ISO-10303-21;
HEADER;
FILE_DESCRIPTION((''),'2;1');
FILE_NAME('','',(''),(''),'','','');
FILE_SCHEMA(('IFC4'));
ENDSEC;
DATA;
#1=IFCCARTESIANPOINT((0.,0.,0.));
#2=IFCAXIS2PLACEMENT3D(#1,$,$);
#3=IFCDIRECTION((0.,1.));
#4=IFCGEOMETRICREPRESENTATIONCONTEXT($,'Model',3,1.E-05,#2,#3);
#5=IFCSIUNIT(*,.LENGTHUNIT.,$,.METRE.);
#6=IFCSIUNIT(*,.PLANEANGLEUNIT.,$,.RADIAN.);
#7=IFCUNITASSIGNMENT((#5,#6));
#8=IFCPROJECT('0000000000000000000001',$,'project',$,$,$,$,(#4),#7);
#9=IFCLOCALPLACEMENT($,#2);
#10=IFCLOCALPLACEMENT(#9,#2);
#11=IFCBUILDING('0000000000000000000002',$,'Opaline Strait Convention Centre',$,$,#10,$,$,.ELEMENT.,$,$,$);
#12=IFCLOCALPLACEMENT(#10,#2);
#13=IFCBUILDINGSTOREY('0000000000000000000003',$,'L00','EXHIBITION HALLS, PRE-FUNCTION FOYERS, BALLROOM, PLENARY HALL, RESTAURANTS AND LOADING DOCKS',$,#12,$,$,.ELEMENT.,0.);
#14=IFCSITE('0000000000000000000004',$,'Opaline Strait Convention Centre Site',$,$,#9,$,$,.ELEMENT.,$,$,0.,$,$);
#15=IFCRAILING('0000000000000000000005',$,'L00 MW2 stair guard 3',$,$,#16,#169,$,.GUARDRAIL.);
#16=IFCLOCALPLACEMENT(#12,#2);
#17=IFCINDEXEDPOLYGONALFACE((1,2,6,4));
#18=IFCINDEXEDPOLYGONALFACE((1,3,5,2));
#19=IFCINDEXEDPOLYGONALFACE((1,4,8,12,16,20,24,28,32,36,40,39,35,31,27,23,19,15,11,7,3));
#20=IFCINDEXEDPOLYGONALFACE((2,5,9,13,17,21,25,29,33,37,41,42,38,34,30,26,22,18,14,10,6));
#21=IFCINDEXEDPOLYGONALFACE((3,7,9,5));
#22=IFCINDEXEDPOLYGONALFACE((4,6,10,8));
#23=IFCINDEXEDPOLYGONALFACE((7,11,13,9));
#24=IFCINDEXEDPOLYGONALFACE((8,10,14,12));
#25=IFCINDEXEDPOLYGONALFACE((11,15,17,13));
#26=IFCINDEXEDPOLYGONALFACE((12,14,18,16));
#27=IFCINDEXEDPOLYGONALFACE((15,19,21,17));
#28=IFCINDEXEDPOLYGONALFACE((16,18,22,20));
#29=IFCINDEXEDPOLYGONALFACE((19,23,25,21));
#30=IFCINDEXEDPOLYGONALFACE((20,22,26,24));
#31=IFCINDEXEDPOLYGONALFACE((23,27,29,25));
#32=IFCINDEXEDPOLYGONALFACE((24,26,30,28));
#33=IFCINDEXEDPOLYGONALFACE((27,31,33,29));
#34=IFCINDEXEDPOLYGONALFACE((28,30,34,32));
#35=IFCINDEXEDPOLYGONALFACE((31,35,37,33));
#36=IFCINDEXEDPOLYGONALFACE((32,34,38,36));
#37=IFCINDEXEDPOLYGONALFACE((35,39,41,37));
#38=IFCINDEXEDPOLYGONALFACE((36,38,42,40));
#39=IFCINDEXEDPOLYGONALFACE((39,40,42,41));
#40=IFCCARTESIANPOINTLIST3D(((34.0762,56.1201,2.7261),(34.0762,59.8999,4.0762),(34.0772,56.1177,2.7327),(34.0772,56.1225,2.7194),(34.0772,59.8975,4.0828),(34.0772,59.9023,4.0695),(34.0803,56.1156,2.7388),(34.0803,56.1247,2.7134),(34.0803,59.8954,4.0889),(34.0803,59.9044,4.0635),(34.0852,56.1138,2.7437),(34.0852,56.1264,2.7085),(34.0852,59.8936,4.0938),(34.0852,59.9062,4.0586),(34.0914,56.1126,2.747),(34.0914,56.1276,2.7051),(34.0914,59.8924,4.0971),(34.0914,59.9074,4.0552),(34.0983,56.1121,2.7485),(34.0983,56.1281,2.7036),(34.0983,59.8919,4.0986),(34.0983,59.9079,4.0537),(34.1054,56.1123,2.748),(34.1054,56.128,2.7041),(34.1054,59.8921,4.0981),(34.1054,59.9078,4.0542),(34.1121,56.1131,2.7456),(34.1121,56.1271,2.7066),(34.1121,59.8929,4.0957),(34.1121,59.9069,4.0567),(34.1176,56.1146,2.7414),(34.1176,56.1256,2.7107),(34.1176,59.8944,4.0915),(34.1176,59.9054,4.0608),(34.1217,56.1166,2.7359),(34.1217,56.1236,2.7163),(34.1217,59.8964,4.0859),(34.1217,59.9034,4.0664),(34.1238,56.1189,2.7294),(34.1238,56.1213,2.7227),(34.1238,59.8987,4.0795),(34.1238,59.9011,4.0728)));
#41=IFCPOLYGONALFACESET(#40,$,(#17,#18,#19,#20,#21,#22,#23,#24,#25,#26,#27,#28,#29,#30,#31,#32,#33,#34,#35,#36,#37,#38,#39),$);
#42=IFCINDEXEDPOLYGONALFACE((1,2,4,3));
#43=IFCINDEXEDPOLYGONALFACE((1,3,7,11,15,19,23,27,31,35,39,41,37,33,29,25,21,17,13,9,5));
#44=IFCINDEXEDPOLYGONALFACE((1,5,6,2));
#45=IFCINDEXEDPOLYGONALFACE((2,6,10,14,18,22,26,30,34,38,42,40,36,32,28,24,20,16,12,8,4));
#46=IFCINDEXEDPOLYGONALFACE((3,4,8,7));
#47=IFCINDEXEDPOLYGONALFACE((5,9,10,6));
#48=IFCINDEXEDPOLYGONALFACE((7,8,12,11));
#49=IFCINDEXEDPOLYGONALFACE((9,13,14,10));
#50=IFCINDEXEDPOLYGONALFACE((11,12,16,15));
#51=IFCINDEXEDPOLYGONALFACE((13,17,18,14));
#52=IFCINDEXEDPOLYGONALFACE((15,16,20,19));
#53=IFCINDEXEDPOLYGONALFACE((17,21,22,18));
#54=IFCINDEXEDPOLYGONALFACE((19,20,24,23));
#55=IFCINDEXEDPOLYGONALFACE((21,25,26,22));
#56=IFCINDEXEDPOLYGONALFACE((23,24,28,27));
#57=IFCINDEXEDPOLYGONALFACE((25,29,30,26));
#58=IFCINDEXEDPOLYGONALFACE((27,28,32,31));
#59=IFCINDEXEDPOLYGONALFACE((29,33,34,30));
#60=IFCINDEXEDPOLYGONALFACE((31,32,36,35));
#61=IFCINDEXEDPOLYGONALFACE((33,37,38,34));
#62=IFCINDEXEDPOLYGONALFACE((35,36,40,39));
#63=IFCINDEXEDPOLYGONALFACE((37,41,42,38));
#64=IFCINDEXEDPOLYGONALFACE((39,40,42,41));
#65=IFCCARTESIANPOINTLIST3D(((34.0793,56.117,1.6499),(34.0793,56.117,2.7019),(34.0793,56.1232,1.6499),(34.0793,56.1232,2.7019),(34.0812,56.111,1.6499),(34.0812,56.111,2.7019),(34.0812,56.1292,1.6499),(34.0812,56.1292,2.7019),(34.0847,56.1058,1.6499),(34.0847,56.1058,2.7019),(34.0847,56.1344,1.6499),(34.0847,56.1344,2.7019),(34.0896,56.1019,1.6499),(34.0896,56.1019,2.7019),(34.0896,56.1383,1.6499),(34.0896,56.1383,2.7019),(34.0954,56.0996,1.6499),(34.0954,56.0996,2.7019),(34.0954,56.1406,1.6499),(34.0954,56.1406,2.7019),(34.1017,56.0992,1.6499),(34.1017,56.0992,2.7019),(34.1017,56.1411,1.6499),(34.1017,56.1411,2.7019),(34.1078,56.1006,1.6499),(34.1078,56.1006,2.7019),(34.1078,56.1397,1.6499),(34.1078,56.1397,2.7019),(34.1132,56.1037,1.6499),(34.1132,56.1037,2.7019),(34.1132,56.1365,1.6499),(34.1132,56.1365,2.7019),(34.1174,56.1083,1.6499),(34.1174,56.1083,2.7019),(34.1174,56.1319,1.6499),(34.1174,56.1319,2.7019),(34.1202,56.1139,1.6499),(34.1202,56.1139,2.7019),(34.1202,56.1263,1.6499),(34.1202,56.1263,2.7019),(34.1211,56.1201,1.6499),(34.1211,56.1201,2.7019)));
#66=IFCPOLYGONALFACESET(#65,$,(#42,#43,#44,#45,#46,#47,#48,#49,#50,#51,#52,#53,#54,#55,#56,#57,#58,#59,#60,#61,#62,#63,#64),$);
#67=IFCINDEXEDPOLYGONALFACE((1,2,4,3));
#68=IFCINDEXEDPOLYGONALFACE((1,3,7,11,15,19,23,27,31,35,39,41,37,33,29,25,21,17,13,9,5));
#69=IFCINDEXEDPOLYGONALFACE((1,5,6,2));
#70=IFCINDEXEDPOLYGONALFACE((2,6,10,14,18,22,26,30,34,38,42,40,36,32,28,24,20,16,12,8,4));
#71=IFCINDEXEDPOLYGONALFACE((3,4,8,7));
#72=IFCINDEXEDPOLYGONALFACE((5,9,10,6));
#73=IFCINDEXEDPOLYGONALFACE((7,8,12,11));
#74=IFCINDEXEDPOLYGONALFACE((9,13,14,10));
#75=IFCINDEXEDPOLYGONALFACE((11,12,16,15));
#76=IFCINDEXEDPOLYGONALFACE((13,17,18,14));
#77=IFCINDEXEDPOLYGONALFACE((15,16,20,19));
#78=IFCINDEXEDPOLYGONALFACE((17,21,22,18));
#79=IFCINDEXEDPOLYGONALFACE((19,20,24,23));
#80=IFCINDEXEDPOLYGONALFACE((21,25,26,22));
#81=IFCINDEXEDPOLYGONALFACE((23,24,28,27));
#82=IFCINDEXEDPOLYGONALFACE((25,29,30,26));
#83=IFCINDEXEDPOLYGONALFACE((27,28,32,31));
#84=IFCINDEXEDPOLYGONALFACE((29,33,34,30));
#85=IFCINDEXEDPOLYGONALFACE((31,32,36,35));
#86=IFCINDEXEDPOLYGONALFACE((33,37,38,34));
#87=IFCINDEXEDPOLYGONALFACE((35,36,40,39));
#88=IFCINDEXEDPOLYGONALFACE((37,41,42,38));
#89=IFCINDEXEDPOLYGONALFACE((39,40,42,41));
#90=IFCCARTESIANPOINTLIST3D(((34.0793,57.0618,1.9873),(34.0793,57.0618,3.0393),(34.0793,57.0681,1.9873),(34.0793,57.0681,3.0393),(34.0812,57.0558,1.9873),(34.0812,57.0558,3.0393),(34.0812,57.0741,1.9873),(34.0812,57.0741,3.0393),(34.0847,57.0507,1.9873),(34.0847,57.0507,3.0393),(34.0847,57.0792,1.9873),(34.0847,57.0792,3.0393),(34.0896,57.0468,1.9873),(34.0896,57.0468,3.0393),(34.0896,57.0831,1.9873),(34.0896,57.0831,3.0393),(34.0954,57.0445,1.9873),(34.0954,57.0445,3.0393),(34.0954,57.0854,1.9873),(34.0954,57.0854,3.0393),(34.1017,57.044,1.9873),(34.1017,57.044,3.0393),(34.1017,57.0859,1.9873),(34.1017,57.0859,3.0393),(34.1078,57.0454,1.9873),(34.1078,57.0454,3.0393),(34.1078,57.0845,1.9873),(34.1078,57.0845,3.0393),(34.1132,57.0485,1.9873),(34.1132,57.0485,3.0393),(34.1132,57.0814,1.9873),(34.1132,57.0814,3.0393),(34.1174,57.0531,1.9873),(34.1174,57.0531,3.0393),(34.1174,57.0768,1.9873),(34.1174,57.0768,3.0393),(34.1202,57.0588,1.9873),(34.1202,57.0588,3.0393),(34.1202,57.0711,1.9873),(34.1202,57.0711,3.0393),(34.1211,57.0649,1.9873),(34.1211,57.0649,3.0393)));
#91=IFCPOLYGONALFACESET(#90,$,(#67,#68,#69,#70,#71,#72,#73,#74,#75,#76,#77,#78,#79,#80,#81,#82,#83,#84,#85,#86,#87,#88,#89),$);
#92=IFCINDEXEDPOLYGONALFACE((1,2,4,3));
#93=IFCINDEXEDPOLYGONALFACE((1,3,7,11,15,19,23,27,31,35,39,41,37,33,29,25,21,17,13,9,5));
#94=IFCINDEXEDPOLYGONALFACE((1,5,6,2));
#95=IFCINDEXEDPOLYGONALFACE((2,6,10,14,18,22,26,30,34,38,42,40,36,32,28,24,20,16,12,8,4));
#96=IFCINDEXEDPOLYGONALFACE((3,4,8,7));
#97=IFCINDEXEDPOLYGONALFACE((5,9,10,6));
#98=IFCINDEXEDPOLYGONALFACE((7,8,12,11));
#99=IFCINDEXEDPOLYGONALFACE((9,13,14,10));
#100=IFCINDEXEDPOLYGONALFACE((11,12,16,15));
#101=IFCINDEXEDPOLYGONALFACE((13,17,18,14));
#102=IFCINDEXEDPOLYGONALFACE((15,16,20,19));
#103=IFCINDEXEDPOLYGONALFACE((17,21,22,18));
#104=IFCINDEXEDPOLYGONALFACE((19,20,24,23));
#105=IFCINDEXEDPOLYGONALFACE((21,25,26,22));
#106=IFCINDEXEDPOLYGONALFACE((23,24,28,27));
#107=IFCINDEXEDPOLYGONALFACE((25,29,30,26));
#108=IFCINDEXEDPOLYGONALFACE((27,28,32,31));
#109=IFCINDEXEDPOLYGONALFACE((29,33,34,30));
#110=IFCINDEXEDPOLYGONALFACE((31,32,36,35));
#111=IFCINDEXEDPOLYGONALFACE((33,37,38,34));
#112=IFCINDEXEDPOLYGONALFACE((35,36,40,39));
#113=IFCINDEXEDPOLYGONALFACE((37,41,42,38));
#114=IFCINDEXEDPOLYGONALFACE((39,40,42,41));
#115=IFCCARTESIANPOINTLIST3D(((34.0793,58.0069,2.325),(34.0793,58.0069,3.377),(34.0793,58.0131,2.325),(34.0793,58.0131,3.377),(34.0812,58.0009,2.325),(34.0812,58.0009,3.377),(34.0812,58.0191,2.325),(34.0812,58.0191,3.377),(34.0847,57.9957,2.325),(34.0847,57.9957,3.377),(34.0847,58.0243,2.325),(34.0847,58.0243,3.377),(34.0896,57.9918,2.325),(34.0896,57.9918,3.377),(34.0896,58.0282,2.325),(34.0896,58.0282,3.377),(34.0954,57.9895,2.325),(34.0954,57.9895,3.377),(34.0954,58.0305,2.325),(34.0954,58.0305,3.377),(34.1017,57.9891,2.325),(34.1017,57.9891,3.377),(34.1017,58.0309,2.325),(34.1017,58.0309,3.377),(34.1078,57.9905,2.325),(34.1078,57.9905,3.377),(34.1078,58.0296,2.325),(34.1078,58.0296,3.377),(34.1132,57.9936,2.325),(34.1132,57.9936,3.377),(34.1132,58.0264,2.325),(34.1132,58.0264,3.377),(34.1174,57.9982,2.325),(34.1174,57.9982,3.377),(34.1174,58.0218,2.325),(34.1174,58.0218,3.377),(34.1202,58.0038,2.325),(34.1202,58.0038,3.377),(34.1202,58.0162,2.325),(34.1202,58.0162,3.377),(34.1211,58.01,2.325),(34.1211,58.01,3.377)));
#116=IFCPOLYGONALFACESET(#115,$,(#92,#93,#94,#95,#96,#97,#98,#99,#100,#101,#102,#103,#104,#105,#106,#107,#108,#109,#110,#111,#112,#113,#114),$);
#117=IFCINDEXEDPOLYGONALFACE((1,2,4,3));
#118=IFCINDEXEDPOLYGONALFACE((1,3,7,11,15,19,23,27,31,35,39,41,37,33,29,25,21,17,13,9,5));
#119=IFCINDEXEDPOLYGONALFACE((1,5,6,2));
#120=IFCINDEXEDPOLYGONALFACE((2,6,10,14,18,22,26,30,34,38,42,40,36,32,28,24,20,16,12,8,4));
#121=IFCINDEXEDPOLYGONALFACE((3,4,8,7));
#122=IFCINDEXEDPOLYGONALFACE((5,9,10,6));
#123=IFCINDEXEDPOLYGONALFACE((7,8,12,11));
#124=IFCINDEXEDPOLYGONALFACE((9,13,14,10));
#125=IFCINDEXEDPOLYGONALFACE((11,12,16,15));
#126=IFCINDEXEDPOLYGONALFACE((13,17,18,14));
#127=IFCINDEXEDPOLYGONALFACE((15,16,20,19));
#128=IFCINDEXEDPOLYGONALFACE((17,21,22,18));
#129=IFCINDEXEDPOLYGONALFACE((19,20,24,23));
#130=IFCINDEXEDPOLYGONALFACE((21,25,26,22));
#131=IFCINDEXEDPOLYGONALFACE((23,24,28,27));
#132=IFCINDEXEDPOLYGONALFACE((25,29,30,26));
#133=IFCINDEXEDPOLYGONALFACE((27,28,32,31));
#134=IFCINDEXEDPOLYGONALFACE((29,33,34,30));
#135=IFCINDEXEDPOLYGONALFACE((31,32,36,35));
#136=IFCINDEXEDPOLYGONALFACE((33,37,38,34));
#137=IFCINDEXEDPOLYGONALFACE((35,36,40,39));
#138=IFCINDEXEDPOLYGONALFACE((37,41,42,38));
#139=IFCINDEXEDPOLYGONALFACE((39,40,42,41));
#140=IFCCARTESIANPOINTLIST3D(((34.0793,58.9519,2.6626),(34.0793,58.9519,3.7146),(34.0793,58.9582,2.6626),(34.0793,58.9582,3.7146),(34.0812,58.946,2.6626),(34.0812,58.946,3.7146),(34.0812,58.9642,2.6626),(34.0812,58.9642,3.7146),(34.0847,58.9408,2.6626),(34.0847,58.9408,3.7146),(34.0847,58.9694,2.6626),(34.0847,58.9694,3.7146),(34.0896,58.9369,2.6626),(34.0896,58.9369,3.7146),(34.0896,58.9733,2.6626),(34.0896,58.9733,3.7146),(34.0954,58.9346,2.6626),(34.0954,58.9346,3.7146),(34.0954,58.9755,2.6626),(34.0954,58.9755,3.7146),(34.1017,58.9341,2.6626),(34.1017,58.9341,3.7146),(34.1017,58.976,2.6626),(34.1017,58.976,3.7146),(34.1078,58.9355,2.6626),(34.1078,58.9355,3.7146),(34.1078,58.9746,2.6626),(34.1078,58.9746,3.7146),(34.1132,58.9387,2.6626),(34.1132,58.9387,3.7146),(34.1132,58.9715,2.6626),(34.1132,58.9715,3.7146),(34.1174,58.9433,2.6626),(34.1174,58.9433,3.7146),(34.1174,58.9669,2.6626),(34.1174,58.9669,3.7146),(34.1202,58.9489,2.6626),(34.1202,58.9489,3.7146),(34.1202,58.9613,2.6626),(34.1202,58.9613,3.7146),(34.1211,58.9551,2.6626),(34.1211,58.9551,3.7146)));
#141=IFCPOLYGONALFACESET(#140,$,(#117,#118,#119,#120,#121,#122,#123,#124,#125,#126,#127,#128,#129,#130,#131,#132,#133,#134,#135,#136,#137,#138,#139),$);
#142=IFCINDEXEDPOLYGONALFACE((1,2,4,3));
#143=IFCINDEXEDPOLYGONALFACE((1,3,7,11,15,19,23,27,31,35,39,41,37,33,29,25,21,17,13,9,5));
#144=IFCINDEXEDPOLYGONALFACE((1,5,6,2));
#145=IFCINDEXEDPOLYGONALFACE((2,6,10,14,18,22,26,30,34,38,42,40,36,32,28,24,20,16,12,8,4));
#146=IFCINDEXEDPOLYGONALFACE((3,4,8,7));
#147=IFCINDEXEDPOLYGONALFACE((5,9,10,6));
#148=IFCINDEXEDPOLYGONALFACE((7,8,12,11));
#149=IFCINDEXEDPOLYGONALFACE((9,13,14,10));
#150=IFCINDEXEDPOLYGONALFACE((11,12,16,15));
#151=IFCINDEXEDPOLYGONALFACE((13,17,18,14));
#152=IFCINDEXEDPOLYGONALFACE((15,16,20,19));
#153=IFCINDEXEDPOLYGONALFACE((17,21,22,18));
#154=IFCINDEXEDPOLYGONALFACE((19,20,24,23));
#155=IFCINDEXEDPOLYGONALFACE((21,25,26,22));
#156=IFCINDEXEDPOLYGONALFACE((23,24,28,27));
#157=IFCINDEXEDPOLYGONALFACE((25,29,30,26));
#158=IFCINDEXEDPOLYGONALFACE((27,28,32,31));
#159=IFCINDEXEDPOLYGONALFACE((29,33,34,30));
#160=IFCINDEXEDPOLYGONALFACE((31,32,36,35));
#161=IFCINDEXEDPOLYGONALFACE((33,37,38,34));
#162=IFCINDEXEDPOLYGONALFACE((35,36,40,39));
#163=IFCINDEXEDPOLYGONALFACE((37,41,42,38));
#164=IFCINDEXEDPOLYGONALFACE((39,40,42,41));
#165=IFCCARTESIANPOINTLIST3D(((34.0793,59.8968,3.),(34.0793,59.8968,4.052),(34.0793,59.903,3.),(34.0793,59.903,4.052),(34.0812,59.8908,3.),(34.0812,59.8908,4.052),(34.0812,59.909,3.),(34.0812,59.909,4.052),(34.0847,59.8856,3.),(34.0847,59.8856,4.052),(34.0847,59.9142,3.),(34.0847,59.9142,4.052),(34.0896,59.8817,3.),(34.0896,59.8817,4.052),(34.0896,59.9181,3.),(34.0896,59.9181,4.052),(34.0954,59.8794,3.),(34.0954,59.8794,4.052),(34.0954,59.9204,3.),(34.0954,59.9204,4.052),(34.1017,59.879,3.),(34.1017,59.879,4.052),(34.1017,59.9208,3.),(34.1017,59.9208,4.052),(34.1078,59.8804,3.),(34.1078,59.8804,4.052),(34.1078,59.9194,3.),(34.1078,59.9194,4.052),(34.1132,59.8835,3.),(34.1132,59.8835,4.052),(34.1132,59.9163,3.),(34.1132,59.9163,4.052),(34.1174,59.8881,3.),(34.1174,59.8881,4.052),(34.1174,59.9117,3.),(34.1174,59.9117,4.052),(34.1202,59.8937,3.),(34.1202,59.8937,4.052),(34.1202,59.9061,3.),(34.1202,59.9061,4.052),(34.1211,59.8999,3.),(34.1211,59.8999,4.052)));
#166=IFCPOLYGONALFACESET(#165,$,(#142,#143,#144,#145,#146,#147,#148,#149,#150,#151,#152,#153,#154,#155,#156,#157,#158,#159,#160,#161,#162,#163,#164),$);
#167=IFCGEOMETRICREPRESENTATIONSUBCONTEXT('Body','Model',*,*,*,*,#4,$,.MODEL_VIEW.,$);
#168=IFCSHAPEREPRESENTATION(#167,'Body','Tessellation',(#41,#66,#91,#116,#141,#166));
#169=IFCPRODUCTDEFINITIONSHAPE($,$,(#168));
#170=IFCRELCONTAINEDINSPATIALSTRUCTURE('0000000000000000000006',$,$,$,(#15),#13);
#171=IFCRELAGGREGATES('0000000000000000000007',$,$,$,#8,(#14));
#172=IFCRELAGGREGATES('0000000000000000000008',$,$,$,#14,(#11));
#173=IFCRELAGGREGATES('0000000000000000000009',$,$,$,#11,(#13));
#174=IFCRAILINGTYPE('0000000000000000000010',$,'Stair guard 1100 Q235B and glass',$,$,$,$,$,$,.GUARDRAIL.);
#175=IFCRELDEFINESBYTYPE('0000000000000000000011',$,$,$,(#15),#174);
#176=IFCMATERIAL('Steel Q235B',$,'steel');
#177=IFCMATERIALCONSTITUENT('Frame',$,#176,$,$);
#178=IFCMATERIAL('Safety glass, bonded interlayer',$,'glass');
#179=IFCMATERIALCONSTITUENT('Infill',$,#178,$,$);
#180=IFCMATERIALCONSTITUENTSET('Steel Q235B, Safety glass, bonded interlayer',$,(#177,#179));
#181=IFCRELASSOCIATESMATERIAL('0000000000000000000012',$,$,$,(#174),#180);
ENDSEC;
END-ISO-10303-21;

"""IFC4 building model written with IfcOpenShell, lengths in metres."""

from ifc_helpers import new_model, si_unit, direction, frame, origin, origin_2d, place, context, subcontext, project, spatial, circle, extrude, material, constituent, constituent_set, type_object, element, save


model = new_model("IFC4")

# Units and contexts
model_context = context("Model", 3, precision=1e-05, world=origin(), true_north=direction((0.0, 1.0)))
body_context = subcontext(model_context, "Body", "Model", "MODEL_VIEW")
ifc_project = project(units=[si_unit("LENGTHUNIT", "METRE"), si_unit("PLANEANGLEUNIT", "RADIAN")], contexts=[model_context])

# Site, building, storey
site_placement = place(None, origin())
site = spatial("IfcSite", under=ifc_project, at=site_placement, Name="Opaline Strait Convention Centre Site", CompositionType="ELEMENT", RefElevation=0.0)
building_placement = place(site_placement, origin())
building = spatial("IfcBuilding", under=site, at=building_placement, Name="Opaline Strait Convention Centre", CompositionType="ELEMENT")
storey_placement = place(building_placement, origin())
storey = spatial("IfcBuildingStorey", under=building, at=storey_placement, Name="L00", Description="EXHIBITION HALLS, PRE-FUNCTION FOYERS, BALLROOM, PLENARY HALL, RESTAURANTS AND LOADING DOCKS", CompositionType="ELEMENT", Elevation=0.0)

# Railing
ifc_material_1 = material(Name="Steel Q235B", Category="steel")
ifc_constituent_1 = constituent(ifc_material_1, Name="Frame")
ifc_material_2 = material(Name="Safety glass, bonded interlayer", Category="glass")
ifc_constituent_2 = constituent(ifc_material_2, Name="Infill")
ifc_constituent_set = constituent_set(constituents=[ifc_constituent_1, ifc_constituent_2], Name="Steel Q235B, Safety glass, bonded interlayer")
railing_type_1 = type_object("IfcRailingType", Name="Stair guard 1100 Q235B and glass", PredefinedType="GUARDRAIL", material=ifc_constituent_set)
railing_1_placement = place(storey_placement, frame((34.1001, 56.1201, 1.6499)))
element("IfcRailing", 1, at=railing_1_placement, inside=storey, type_object=railing_type_1, Name="L00 MW2 stair guard 3", PredefinedType="GUARDRAIL", context=body_context, shape_type="SweptSolid", body=[
    extrude(circle(Radius=0.0239, at=origin_2d()), frame((0.0, 0.0, 1.0762), z_axis=(0.0, 0.941728, 0.336375), x_axis=(-1.0, 0.0, 0.0)), (0.0, 0.0, 1.0), 4.0137),
    extrude(circle(Radius=0.021, at=origin_2d()), origin(), (0.0, 0.0, 1.0), 1.052),
    extrude(circle(Radius=0.021, at=origin_2d()), frame((0.0, 0.9448, 0.3374)), (0.0, 0.0, 1.0), 1.052),
    extrude(circle(Radius=0.021, at=origin_2d()), frame((0.0, 1.8899, 0.675)), (0.0, 0.0, 1.0), 1.052),
    extrude(circle(Radius=0.021, at=origin_2d()), frame((0.0, 2.835, 1.0127)), (0.0, 0.0, 1.0), 1.052),
    extrude(circle(Radius=0.021, at=origin_2d()), frame((0.0, 3.7798, 1.3501)), (0.0, 0.0, 1.0), 1.052),
])

save(model, "model.ifc")
